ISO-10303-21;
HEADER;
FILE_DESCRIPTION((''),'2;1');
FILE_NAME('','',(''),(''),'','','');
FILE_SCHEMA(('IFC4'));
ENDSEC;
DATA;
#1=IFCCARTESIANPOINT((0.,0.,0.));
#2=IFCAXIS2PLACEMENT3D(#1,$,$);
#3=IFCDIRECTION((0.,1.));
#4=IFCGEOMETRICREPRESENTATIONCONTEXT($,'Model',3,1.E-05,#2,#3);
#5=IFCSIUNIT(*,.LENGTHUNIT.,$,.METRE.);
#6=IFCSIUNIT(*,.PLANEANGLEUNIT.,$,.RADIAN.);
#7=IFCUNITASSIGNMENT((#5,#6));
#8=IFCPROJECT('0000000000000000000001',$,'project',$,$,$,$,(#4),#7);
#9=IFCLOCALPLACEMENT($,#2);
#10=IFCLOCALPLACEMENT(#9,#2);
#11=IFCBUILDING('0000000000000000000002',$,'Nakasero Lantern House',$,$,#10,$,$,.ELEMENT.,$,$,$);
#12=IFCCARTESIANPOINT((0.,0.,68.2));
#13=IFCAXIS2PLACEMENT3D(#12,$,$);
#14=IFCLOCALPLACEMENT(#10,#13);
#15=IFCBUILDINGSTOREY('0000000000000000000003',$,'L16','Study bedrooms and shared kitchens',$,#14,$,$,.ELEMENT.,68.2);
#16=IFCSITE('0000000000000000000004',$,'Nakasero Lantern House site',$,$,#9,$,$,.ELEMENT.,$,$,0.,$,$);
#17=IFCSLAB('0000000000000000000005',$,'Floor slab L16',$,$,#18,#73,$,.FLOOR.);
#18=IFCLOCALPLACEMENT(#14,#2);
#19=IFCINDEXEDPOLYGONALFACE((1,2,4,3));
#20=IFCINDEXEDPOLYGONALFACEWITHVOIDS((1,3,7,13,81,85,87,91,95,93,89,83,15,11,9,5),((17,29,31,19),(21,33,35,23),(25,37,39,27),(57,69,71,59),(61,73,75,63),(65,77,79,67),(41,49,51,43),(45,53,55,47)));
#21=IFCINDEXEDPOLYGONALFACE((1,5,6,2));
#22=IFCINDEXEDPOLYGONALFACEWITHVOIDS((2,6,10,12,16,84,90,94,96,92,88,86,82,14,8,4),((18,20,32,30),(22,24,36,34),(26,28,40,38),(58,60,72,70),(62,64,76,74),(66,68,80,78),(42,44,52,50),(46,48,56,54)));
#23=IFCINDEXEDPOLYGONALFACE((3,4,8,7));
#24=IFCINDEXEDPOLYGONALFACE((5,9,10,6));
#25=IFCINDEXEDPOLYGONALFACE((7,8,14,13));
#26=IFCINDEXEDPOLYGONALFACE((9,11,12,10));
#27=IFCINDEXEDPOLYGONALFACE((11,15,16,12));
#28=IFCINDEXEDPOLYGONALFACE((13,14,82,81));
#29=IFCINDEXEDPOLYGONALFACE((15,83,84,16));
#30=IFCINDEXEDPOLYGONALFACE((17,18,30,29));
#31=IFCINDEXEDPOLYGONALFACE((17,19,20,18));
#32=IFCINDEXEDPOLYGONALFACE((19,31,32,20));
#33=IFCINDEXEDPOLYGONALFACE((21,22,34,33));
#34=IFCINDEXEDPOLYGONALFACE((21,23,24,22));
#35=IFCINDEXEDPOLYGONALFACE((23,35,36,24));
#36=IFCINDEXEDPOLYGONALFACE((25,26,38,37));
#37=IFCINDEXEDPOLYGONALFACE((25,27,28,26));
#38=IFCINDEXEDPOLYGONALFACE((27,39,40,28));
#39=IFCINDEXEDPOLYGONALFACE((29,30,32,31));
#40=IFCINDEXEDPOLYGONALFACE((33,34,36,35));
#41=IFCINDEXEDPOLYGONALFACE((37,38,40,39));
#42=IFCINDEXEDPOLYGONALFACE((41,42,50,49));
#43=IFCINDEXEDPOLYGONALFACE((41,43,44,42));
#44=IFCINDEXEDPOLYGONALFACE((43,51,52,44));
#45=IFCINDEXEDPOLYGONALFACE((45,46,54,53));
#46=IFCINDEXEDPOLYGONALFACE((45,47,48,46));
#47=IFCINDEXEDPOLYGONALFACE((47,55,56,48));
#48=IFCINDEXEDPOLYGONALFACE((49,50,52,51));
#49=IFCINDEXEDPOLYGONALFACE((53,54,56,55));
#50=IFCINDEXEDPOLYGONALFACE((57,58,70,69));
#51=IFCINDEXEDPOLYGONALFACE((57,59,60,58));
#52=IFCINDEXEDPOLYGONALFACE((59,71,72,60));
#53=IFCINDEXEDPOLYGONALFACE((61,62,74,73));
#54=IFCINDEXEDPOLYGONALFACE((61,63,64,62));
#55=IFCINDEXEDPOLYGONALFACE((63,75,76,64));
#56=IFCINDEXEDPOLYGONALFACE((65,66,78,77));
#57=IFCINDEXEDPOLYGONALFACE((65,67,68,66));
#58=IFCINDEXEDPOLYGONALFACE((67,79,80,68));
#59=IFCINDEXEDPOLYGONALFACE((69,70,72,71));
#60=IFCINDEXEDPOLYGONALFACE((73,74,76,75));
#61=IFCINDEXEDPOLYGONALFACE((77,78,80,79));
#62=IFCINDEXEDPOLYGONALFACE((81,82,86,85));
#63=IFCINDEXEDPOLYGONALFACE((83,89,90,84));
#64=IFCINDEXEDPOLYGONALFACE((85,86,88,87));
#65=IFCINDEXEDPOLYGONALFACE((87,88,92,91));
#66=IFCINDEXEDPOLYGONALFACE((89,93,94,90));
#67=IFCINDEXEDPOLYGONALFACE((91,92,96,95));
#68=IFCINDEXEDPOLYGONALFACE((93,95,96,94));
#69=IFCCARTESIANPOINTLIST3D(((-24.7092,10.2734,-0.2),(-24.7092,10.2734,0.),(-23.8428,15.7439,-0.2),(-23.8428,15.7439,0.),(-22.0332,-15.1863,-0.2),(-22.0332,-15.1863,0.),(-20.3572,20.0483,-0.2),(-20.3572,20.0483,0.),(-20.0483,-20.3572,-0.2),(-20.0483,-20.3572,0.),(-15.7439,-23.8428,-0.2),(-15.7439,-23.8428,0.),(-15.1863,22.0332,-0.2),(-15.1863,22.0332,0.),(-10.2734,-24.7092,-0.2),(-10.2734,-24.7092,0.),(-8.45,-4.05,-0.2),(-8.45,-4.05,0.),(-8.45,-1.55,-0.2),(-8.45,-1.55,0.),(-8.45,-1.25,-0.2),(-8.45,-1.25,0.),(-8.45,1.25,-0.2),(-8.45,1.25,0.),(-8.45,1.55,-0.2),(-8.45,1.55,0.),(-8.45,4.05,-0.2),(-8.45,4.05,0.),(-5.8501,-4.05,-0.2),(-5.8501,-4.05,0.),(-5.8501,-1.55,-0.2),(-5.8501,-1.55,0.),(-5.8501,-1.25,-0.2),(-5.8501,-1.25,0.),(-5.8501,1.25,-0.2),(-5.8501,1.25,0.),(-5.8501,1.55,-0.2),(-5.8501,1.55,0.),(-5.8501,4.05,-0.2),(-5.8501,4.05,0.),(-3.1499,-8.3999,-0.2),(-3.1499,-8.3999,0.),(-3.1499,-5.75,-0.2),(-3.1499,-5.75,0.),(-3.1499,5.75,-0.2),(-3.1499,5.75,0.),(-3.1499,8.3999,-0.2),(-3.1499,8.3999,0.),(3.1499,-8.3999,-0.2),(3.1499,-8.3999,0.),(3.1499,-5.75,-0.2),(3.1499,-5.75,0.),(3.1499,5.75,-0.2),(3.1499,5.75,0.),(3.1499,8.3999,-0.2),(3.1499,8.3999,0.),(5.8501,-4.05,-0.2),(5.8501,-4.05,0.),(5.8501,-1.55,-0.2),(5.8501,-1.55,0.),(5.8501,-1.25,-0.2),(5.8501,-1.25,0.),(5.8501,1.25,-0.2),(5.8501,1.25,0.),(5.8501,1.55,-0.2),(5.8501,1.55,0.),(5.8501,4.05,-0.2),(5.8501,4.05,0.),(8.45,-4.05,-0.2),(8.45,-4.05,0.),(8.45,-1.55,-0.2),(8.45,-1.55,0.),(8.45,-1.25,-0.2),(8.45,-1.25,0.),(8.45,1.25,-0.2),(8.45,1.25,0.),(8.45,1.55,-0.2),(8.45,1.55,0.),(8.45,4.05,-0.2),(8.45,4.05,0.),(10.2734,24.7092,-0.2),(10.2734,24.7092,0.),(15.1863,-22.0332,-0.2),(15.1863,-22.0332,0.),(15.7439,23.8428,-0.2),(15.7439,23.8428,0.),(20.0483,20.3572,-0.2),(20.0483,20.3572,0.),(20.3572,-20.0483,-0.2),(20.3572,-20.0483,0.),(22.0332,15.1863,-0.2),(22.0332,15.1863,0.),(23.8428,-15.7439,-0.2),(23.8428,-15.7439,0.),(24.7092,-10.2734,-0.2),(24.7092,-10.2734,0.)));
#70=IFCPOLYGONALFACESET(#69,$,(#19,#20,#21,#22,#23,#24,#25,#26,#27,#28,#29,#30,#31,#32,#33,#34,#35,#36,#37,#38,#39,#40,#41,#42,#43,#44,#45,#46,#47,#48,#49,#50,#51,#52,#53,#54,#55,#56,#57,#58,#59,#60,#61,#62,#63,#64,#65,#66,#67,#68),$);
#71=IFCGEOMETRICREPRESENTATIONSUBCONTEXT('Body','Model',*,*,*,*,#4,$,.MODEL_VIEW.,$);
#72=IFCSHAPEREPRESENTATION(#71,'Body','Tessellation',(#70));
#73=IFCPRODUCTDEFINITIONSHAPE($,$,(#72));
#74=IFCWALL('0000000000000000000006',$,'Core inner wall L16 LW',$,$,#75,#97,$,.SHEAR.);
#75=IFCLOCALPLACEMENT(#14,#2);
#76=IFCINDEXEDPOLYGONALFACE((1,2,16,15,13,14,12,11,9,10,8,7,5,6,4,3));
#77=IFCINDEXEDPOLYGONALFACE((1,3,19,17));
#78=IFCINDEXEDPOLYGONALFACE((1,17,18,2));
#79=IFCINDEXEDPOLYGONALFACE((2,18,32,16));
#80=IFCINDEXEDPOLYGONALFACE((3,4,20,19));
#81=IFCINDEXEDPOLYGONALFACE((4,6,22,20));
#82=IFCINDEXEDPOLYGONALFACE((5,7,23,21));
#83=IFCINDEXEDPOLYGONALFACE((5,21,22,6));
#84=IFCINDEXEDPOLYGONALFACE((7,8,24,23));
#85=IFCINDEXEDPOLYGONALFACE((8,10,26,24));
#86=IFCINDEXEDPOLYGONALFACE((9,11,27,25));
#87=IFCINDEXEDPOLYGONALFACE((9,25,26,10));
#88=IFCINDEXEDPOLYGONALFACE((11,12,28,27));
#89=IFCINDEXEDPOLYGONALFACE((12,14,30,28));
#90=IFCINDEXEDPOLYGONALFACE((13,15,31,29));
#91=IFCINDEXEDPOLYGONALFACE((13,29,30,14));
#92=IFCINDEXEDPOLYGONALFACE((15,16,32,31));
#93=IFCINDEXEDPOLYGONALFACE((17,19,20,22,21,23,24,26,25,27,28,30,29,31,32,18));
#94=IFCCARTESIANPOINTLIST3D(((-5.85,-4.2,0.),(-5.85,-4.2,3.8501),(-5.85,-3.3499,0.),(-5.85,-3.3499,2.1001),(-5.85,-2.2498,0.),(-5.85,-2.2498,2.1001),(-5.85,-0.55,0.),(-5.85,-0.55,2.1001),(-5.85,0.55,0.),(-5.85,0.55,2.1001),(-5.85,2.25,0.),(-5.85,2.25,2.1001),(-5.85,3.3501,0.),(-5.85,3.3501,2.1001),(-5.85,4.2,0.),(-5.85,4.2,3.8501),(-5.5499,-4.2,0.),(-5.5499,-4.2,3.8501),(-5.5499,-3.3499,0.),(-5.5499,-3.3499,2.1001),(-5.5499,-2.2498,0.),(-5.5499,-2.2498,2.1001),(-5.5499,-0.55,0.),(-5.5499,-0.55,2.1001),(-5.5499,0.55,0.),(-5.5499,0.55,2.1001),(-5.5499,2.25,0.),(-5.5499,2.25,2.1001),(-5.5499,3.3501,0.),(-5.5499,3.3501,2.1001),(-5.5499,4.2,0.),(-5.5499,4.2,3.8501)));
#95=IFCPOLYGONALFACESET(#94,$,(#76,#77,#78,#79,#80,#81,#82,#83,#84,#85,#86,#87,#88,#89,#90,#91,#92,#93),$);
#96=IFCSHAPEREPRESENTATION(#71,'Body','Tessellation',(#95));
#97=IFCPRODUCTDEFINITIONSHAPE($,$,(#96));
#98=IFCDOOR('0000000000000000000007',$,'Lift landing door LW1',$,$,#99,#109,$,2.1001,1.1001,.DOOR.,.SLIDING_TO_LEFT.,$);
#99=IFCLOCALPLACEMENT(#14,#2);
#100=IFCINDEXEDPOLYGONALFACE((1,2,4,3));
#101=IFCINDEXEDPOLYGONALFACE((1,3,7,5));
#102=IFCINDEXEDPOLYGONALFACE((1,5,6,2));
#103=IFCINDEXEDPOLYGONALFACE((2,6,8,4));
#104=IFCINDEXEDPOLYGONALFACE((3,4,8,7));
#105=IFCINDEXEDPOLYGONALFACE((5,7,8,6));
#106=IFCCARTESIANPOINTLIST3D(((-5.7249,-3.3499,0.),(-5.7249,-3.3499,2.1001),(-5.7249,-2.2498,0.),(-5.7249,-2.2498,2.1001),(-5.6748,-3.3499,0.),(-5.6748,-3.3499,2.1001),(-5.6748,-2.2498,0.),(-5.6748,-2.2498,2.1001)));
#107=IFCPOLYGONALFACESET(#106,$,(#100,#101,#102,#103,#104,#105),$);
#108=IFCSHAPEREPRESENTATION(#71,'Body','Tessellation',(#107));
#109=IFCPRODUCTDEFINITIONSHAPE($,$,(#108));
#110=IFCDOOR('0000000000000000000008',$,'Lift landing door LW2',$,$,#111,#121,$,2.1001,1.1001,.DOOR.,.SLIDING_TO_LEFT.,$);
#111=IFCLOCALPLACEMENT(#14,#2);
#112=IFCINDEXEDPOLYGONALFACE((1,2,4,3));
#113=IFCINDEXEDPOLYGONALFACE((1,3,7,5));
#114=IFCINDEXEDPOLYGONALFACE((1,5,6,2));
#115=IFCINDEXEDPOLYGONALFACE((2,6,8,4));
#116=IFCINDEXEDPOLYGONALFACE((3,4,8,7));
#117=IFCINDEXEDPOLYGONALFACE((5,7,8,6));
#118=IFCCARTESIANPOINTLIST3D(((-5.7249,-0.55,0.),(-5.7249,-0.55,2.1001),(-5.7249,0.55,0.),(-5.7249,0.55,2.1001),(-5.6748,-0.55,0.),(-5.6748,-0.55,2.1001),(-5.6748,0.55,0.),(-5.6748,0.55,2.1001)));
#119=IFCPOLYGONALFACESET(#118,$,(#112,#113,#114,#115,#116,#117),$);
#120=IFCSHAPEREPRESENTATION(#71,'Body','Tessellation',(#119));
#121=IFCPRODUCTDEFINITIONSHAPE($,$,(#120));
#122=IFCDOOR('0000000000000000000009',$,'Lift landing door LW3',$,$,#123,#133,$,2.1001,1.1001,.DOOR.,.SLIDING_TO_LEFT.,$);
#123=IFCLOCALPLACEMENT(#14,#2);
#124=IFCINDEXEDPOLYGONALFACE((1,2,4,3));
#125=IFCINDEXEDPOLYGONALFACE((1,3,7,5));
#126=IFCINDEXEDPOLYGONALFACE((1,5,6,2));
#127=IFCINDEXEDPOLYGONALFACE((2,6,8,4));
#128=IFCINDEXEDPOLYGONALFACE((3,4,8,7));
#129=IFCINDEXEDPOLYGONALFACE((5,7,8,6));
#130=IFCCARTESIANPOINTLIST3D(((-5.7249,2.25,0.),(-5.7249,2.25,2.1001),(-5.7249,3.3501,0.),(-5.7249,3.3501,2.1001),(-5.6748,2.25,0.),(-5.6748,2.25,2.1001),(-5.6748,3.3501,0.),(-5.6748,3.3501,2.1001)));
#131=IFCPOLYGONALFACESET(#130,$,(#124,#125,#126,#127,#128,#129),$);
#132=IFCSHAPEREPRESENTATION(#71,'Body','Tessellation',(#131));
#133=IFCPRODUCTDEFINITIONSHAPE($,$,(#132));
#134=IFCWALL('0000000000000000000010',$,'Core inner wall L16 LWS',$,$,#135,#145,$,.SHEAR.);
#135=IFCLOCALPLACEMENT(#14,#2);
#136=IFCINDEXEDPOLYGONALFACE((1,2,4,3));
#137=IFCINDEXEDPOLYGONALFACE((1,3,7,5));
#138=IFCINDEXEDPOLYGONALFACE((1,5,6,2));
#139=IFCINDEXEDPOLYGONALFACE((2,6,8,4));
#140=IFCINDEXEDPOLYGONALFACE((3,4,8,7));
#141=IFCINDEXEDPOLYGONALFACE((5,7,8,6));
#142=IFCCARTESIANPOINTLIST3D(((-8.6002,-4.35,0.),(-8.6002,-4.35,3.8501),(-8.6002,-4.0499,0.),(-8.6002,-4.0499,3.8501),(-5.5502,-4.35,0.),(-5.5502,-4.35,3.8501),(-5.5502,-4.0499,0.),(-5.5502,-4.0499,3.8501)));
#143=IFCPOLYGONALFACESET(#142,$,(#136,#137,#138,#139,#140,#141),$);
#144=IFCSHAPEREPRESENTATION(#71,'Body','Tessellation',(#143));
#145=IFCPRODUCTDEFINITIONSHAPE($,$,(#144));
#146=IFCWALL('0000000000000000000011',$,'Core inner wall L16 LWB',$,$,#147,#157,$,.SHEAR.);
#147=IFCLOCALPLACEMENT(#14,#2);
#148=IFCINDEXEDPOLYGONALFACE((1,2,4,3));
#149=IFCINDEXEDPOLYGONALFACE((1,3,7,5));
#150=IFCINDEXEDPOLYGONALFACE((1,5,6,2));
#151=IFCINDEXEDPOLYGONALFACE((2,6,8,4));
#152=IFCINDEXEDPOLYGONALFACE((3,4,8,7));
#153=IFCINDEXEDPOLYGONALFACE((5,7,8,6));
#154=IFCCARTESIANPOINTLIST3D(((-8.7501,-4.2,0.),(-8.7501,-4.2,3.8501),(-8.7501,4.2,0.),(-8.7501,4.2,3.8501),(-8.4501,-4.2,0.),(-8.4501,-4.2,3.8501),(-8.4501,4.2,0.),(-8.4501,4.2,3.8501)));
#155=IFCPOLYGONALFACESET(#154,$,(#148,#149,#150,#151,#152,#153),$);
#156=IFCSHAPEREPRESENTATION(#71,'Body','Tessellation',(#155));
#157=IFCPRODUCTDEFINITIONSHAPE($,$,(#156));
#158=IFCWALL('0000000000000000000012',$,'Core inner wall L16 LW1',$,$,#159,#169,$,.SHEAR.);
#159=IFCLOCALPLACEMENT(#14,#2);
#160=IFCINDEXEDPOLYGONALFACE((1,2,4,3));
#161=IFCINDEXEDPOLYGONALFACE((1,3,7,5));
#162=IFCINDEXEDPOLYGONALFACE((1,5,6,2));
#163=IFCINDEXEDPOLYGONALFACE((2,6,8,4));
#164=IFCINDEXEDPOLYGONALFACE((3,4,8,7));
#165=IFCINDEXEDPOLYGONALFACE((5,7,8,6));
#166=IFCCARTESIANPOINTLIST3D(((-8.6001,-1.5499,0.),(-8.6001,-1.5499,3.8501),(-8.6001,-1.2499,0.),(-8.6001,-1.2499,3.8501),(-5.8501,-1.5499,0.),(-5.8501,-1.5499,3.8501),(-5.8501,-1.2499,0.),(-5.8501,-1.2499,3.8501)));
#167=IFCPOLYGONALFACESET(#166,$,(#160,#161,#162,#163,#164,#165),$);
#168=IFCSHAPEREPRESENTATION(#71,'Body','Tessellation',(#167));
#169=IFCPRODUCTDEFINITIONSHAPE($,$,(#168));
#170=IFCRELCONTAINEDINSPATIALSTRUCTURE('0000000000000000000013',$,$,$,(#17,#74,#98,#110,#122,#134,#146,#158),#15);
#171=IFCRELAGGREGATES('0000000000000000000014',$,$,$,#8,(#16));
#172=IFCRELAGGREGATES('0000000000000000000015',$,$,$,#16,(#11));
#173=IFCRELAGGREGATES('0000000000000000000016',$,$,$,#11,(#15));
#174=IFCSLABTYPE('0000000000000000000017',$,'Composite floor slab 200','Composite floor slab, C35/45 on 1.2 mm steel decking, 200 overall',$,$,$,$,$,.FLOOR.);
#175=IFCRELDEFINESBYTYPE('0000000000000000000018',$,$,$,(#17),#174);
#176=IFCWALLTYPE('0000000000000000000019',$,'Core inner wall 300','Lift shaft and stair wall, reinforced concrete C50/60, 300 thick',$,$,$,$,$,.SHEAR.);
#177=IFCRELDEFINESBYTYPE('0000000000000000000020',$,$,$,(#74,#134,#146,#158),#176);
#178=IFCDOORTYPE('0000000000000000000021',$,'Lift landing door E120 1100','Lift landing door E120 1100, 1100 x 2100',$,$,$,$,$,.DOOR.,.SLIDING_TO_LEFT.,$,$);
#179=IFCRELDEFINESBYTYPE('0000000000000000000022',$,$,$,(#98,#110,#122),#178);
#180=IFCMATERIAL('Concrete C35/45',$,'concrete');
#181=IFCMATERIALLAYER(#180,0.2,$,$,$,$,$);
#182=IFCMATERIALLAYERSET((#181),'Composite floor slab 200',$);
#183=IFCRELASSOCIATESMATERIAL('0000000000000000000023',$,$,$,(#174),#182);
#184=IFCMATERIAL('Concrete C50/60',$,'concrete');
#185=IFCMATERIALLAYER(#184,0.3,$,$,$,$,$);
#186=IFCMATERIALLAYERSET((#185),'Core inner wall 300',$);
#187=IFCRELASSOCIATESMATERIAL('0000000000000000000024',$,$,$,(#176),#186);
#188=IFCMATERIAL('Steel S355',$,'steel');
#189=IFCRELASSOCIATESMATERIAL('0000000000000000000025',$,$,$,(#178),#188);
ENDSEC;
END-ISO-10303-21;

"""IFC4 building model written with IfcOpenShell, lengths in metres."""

from ifc_helpers import new_model, si_unit, direction, frame, frame_2d, origin, place, context, subcontext, project, spatial, polyline, rectangle, outline, extrude, material, layer, layer_set, type_object, element, fill, save


model = new_model("IFC4")

# Units and contexts
model_context = context("Model", 3, precision=1e-05, world=origin(), true_north=direction((0.0, 1.0)))
body_context = subcontext(model_context, "Body", "Model", "MODEL_VIEW")
ifc_project = project(units=[si_unit("LENGTHUNIT", "METRE"), si_unit("PLANEANGLEUNIT", "RADIAN")], contexts=[model_context])

# Site, building, storey
site_placement = place(None, origin())
site = spatial("IfcSite", under=ifc_project, at=site_placement, Name="Nakasero Lantern House site", CompositionType="ELEMENT", RefElevation=0.0)
building_placement = place(site_placement, origin())
building = spatial("IfcBuilding", under=site, at=building_placement, Name="Nakasero Lantern House", CompositionType="ELEMENT")
storey_placement = place(building_placement, frame((0.0, 0.0, 68.2)))
storey = spatial("IfcBuildingStorey", under=building, at=storey_placement, Name="L16", Description="Study bedrooms and shared kitchens", CompositionType="ELEMENT", Elevation=68.2)

# Slab
ifc_material_1 = material(Name="Concrete C35/45", Category="concrete")
ifc_layer_1 = layer(ifc_material_1, 0.2)
ifc_layer_set_1 = layer_set([ifc_layer_1], Name="Composite floor slab 200")
slab_type_1 = type_object("IfcSlabType", Name="Composite floor slab 200", Description="Composite floor slab, C35/45 on 1.2 mm steel decking, 200 overall", PredefinedType="FLOOR", material=ifc_layer_set_1)
slab_1_placement = place(storey_placement, frame((0.0, 0.0, -0.2)))
element("IfcSlab", 1, at=slab_1_placement, inside=storey, type_object=slab_type_1, Name="Floor slab L16", PredefinedType="FLOOR", context=body_context, shape_type="SweptSolid", body=[
    extrude(outline(polyline([(22.0332, 15.1863), (20.0483, 20.3572), (15.7439, 23.8428), (10.2734, 24.7092), (-15.1863, 22.0332), (-20.3572, 20.0483), (-23.8428, 15.7439), (-24.7092, 10.2734), (-22.0332, -15.1863), (-20.0483, -20.3572), (-15.7439, -23.8428), (-10.2734, -24.7092), (15.1863, -22.0332), (20.3572, -20.0483), (23.8428, -15.7439), (24.7092, -10.2734), (22.0332, 15.1863)]), holes=[polyline([(-8.45, -4.05), (-5.8501, -4.05), (-5.8501, -1.55), (-8.45, -1.55), (-8.45, -4.05)]), polyline([(-8.45, -1.25), (-5.8501, -1.25), (-5.8501, 1.25), (-8.45, 1.25), (-8.45, -1.25)]), polyline([(-8.45, 1.55), (-5.8501, 1.55), (-5.8501, 4.05), (-8.45, 4.05), (-8.45, 1.55)]), polyline([(5.8501, -4.05), (8.45, -4.05), (8.45, -1.55), (5.8501, -1.55), (5.8501, -4.05)]), polyline([(5.8501, -1.25), (8.45, -1.25), (8.45, 1.25), (5.8501, 1.25), (5.8501, -1.25)]), polyline([(5.8501, 1.55), (8.45, 1.55), (8.45, 4.05), (5.8501, 4.05), (5.8501, 1.55)]), polyline([(-3.1499, 5.75), (3.1499, 5.75), (3.1499, 8.3999), (-3.1499, 8.3999), (-3.1499, 5.75)]), polyline([(-3.1499, -8.3999), (3.1499, -8.3999), (3.1499, -5.75), (-3.1499, -5.75), (-3.1499, -8.3999)])]), origin(), (0.0, 0.0, 1.0), 0.2),
])

# Wall, openings, doors
ifc_material_2 = material(Name="Concrete C50/60", Category="concrete")
ifc_layer_2 = layer(ifc_material_2, 0.3)
ifc_layer_set_2 = layer_set([ifc_layer_2], Name="Core inner wall 300")
wall_type_1 = type_object("IfcWallType", Name="Core inner wall 300", Description="Lift shaft and stair wall, reinforced concrete C50/60, 300 thick", PredefinedType="SHEAR", material=ifc_layer_set_2)
wall_1_placement = place(storey_placement, frame((-5.7, -4.2, 0.0), z_axis=(0.0, 0.0, 1.0), x_axis=(0.0, 1.0, 0.0)))
wall_1 = element("IfcWall", 2, at=wall_1_placement, inside=storey, type_object=wall_type_1, Name="Core inner wall L16 LW", PredefinedType="SHEAR", context=body_context, shape_type="SweptSolid", body=[
    extrude(rectangle(XDim=8.3999, YDim=0.3, at=frame_2d((4.2, 0.0))), origin(), (0.0, 0.0, 1.0), 3.8501),
])
opening_1_placement = place(wall_1_placement, frame((0.8501, 0.0, 0.0)))
opening_1 = element("IfcOpeningElement", 3, at=opening_1_placement, cuts=wall_1, PredefinedType="OPENING", context=body_context, shape_type="SweptSolid", body=[
    extrude(rectangle(XDim=1.1001, YDim=2.1001, at=frame_2d((0.55, 1.05))), frame((0.0, 0.1699, 0.0), z_axis=(0.0, -1.0, 0.0), x_axis=(1.0, 0.0, 0.0)), (0.0, 0.0, 1.0), 0.3401),
])
opening_2_placement = place(wall_1_placement, frame((3.6499, 0.0, 0.0)))
opening_2 = element("IfcOpeningElement", 4, at=opening_2_placement, cuts=wall_1, PredefinedType="OPENING", context=body_context, shape_type="SweptSolid", body=[
    extrude(rectangle(XDim=1.1001, YDim=2.1001, at=frame_2d((0.55, 1.05))), frame((0.0, 0.1699, 0.0), z_axis=(0.0, -1.0, 0.0), x_axis=(1.0, 0.0, 0.0)), (0.0, 0.0, 1.0), 0.3401),
])
opening_3_placement = place(wall_1_placement, frame((6.45, 0.0, 0.0)))
opening_3 = element("IfcOpeningElement", 5, at=opening_3_placement, cuts=wall_1, PredefinedType="OPENING", context=body_context, shape_type="SweptSolid", body=[
    extrude(rectangle(XDim=1.1001, YDim=2.1001, at=frame_2d((0.55, 1.05))), frame((0.0, 0.1699, 0.0), z_axis=(0.0, -1.0, 0.0), x_axis=(1.0, 0.0, 0.0)), (0.0, 0.0, 1.0), 0.3401),
])
ifc_material_3 = material(Name="Steel S355", Category="steel")
door_type_1 = type_object("IfcDoorType", Name="Lift landing door E120 1100", Description="Lift landing door E120 1100, 1100 x 2100", OperationType="SLIDING_TO_LEFT", PredefinedType="DOOR", material=ifc_material_3)
door_1_placement = place(opening_1_placement, origin())
door_1 = element("IfcDoor", 6, at=door_1_placement, inside=storey, type_object=door_type_1, Name="Lift landing door LW1", OperationType="SLIDING_TO_LEFT", OverallHeight=2.1001, OverallWidth=1.1001, PredefinedType="DOOR", context=body_context, shape_type="SweptSolid", body=[
    extrude(rectangle(XDim=1.1001, YDim=2.1001, at=frame_2d((0.55, 1.05))), frame((0.0, 0.0249, 0.0), z_axis=(0.0, -1.0, 0.0), x_axis=(1.0, 0.0, 0.0)), (0.0, 0.0, 1.0), 0.05),
])
fill(opening_1, door_1)
door_2_placement = place(opening_2_placement, origin())
door_2 = element("IfcDoor", 7, at=door_2_placement, inside=storey, type_object=door_type_1, Name="Lift landing door LW2", OperationType="SLIDING_TO_LEFT", OverallHeight=2.1001, OverallWidth=1.1001, PredefinedType="DOOR", context=body_context, shape_type="SweptSolid", body=[
    extrude(rectangle(XDim=1.1001, YDim=2.1001, at=frame_2d((0.55, 1.05))), frame((0.0, 0.0249, 0.0), z_axis=(0.0, -1.0, 0.0), x_axis=(1.0, 0.0, 0.0)), (0.0, 0.0, 1.0), 0.05),
])
fill(opening_2, door_2)
door_3_placement = place(opening_3_placement, origin())
door_3 = element("IfcDoor", 8, at=door_3_placement, inside=storey, type_object=door_type_1, Name="Lift landing door LW3", OperationType="SLIDING_TO_LEFT", OverallHeight=2.1001, OverallWidth=1.1001, PredefinedType="DOOR", context=body_context, shape_type="SweptSolid", body=[
    extrude(rectangle(XDim=1.1001, YDim=2.1001, at=frame_2d((0.55, 1.05))), frame((0.0, 0.0249, 0.0), z_axis=(0.0, -1.0, 0.0), x_axis=(1.0, 0.0, 0.0)), (0.0, 0.0, 1.0), 0.05),
])
fill(opening_3, door_3)

# Walls
wall_2_placement = place(storey_placement, frame((-8.6001, -4.2, 0.0), z_axis=(0.0, 0.0, 1.0), x_axis=(1.0, 0.0, 0.0)))
element("IfcWall", 9, at=wall_2_placement, inside=storey, type_object=wall_type_1, Name="Core inner wall L16 LWS", PredefinedType="SHEAR", context=body_context, shape_type="SweptSolid", body=[
    extrude(rectangle(XDim=3.05, YDim=0.3, at=frame_2d((1.5249, 0.0))), origin(), (0.0, 0.0, 1.0), 3.8501),
])
wall_3_placement = place(storey_placement, frame((-8.6001, -4.2, 0.0), z_axis=(0.0, 0.0, 1.0), x_axis=(0.0, 1.0, 0.0)))
element("IfcWall", 10, at=wall_3_placement, inside=storey, type_object=wall_type_1, Name="Core inner wall L16 LWB", PredefinedType="SHEAR", context=body_context, shape_type="SweptSolid", body=[
    extrude(rectangle(XDim=8.3999, YDim=0.3, at=frame_2d((4.2, 0.0))), origin(), (0.0, 0.0, 1.0), 3.8501),
])
for number, where, z_axis, x_axis, name in (
    (11, (-8.6001, -1.3999, 0.0), (0.0, 0.0, 1.0), (1.0, 0.0, 0.0), "Core inner wall L16 LW1"),
):
    element("IfcWall", number, at=place(storey_placement, frame(where, z_axis=z_axis, x_axis=x_axis)), inside=storey, type_object=wall_type_1, Name=name, PredefinedType="SHEAR", context=body_context, shape_type="SweptSolid", body=[
        extrude(rectangle(XDim=2.75, YDim=0.3, at=frame_2d((1.375, 0.0))), origin(), (0.0, 0.0, 1.0), 3.8501),
    ])

save(model, "model.ifc")
